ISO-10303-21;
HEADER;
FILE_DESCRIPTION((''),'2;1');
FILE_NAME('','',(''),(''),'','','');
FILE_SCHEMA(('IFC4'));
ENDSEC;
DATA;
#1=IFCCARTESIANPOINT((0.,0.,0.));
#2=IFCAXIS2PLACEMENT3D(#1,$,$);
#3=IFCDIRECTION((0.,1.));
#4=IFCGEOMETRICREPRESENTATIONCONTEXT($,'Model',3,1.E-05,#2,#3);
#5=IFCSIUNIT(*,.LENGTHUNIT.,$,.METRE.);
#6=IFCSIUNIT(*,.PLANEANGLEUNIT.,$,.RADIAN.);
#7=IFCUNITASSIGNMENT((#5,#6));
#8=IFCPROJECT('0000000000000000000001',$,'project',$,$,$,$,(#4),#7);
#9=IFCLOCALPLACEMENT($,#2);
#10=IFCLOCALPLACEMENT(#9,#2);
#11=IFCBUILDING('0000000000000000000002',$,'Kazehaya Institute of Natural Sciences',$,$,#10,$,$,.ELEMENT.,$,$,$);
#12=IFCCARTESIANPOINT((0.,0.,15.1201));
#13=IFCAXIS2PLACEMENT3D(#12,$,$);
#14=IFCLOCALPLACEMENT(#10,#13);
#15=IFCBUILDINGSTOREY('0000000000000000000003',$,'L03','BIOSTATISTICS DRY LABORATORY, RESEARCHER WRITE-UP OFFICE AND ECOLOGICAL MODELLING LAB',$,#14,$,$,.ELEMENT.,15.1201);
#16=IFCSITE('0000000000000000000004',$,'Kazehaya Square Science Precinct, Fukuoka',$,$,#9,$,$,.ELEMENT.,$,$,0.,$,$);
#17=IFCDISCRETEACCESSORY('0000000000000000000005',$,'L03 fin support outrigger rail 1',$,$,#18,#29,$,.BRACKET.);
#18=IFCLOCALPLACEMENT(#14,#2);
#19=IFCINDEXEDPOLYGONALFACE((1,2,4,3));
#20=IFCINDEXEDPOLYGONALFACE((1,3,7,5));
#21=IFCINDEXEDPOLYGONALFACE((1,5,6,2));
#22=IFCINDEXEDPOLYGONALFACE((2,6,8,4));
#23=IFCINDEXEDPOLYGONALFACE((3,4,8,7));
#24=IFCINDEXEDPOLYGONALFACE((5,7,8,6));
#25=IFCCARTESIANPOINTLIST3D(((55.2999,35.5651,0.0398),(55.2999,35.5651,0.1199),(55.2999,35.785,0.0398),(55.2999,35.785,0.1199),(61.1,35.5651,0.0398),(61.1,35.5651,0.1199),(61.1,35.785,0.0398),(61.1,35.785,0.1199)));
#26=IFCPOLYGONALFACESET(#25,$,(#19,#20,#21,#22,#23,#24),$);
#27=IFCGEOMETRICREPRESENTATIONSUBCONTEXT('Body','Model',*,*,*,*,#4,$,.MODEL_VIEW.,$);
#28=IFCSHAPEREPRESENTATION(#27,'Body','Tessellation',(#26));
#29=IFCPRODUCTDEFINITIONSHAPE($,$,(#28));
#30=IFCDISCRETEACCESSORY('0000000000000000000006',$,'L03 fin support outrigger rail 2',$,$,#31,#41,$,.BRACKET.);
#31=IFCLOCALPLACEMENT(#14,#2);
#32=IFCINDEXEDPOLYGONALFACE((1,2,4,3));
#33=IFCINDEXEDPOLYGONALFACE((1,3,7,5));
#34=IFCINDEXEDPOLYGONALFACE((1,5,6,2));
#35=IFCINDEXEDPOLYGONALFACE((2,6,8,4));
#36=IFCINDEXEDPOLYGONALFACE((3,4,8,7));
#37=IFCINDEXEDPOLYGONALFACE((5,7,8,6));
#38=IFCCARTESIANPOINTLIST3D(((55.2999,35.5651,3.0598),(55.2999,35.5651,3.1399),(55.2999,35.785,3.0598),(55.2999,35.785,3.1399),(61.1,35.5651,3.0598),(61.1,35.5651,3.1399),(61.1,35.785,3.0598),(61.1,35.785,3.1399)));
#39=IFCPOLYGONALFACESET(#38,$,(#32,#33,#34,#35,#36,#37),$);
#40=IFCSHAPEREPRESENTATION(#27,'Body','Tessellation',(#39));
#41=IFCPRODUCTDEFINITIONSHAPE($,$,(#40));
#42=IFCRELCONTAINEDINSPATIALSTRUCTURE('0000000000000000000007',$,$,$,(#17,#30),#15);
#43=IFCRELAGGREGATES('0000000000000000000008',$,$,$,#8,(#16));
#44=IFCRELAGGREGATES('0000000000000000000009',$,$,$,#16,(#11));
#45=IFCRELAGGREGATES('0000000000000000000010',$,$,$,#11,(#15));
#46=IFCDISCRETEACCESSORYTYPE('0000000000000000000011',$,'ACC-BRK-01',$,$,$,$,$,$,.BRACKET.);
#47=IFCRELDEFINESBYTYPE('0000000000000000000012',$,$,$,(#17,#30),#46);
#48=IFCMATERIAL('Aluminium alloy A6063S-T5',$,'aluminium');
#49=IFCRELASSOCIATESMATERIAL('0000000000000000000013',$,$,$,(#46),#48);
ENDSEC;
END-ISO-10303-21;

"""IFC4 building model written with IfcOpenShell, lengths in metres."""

from ifc_helpers import new_model, si_unit, direction, frame, origin, origin_2d, place, context, subcontext, project, spatial, rectangle, extrude, material, type_object, element, save


model = new_model("IFC4")

# Units and contexts
model_context = context("Model", 3, precision=1e-05, world=origin(), true_north=direction((0.0, 1.0)))
body_context = subcontext(model_context, "Body", "Model", "MODEL_VIEW")
ifc_project = project(units=[si_unit("LENGTHUNIT", "METRE"), si_unit("PLANEANGLEUNIT", "RADIAN")], contexts=[model_context])

# Site, building, storey
site_placement = place(None, origin())
site = spatial("IfcSite", under=ifc_project, at=site_placement, Name="Kazehaya Square Science Precinct, Fukuoka", CompositionType="ELEMENT", RefElevation=0.0)
building_placement = place(site_placement, origin())
building = spatial("IfcBuilding", under=site, at=building_placement, Name="Kazehaya Institute of Natural Sciences", CompositionType="ELEMENT")
storey_placement = place(building_placement, frame((0.0, 0.0, 15.1201)))
storey = spatial("IfcBuildingStorey", under=building, at=storey_placement, Name="L03", Description="BIOSTATISTICS DRY LABORATORY, RESEARCHER WRITE-UP OFFICE AND ECOLOGICAL MODELLING LAB", CompositionType="ELEMENT", Elevation=15.1201)

# Shared definitions
ifc_material_1 = material(Name="Aluminium alloy A6063S-T5", Category="aluminium")

# Discrete accessories
discrete_accessory_type = type_object("IfcDiscreteAccessoryType", Name="ACC-BRK-01", PredefinedType="BRACKET", material=ifc_material_1)
for number, where, z_axis, x_axis, name in (
    (1, (58.2, 35.675, 0.0398), (0.0, 0.0, 1.0), (1.0, 0.0, 0.0), "L03 fin support outrigger rail 1"),
    (2, (58.2, 35.675, 3.0598), (0.0, 0.0, 1.0), (1.0, 0.0, 0.0), "L03 fin support outrigger rail 2"),
):
    element("IfcDiscreteAccessory", number, at=place(storey_placement, frame(where, z_axis=z_axis, x_axis=x_axis)), inside=storey, type_object=discrete_accessory_type, Name=name, PredefinedType="BRACKET", context=body_context, shape_type="SweptSolid", body=[
        extrude(rectangle(XDim=5.8, YDim=0.22, at=origin_2d()), origin(), (0.0, 0.0, 1.0), 0.0801),
    ])

save(model, "model.ifc")
